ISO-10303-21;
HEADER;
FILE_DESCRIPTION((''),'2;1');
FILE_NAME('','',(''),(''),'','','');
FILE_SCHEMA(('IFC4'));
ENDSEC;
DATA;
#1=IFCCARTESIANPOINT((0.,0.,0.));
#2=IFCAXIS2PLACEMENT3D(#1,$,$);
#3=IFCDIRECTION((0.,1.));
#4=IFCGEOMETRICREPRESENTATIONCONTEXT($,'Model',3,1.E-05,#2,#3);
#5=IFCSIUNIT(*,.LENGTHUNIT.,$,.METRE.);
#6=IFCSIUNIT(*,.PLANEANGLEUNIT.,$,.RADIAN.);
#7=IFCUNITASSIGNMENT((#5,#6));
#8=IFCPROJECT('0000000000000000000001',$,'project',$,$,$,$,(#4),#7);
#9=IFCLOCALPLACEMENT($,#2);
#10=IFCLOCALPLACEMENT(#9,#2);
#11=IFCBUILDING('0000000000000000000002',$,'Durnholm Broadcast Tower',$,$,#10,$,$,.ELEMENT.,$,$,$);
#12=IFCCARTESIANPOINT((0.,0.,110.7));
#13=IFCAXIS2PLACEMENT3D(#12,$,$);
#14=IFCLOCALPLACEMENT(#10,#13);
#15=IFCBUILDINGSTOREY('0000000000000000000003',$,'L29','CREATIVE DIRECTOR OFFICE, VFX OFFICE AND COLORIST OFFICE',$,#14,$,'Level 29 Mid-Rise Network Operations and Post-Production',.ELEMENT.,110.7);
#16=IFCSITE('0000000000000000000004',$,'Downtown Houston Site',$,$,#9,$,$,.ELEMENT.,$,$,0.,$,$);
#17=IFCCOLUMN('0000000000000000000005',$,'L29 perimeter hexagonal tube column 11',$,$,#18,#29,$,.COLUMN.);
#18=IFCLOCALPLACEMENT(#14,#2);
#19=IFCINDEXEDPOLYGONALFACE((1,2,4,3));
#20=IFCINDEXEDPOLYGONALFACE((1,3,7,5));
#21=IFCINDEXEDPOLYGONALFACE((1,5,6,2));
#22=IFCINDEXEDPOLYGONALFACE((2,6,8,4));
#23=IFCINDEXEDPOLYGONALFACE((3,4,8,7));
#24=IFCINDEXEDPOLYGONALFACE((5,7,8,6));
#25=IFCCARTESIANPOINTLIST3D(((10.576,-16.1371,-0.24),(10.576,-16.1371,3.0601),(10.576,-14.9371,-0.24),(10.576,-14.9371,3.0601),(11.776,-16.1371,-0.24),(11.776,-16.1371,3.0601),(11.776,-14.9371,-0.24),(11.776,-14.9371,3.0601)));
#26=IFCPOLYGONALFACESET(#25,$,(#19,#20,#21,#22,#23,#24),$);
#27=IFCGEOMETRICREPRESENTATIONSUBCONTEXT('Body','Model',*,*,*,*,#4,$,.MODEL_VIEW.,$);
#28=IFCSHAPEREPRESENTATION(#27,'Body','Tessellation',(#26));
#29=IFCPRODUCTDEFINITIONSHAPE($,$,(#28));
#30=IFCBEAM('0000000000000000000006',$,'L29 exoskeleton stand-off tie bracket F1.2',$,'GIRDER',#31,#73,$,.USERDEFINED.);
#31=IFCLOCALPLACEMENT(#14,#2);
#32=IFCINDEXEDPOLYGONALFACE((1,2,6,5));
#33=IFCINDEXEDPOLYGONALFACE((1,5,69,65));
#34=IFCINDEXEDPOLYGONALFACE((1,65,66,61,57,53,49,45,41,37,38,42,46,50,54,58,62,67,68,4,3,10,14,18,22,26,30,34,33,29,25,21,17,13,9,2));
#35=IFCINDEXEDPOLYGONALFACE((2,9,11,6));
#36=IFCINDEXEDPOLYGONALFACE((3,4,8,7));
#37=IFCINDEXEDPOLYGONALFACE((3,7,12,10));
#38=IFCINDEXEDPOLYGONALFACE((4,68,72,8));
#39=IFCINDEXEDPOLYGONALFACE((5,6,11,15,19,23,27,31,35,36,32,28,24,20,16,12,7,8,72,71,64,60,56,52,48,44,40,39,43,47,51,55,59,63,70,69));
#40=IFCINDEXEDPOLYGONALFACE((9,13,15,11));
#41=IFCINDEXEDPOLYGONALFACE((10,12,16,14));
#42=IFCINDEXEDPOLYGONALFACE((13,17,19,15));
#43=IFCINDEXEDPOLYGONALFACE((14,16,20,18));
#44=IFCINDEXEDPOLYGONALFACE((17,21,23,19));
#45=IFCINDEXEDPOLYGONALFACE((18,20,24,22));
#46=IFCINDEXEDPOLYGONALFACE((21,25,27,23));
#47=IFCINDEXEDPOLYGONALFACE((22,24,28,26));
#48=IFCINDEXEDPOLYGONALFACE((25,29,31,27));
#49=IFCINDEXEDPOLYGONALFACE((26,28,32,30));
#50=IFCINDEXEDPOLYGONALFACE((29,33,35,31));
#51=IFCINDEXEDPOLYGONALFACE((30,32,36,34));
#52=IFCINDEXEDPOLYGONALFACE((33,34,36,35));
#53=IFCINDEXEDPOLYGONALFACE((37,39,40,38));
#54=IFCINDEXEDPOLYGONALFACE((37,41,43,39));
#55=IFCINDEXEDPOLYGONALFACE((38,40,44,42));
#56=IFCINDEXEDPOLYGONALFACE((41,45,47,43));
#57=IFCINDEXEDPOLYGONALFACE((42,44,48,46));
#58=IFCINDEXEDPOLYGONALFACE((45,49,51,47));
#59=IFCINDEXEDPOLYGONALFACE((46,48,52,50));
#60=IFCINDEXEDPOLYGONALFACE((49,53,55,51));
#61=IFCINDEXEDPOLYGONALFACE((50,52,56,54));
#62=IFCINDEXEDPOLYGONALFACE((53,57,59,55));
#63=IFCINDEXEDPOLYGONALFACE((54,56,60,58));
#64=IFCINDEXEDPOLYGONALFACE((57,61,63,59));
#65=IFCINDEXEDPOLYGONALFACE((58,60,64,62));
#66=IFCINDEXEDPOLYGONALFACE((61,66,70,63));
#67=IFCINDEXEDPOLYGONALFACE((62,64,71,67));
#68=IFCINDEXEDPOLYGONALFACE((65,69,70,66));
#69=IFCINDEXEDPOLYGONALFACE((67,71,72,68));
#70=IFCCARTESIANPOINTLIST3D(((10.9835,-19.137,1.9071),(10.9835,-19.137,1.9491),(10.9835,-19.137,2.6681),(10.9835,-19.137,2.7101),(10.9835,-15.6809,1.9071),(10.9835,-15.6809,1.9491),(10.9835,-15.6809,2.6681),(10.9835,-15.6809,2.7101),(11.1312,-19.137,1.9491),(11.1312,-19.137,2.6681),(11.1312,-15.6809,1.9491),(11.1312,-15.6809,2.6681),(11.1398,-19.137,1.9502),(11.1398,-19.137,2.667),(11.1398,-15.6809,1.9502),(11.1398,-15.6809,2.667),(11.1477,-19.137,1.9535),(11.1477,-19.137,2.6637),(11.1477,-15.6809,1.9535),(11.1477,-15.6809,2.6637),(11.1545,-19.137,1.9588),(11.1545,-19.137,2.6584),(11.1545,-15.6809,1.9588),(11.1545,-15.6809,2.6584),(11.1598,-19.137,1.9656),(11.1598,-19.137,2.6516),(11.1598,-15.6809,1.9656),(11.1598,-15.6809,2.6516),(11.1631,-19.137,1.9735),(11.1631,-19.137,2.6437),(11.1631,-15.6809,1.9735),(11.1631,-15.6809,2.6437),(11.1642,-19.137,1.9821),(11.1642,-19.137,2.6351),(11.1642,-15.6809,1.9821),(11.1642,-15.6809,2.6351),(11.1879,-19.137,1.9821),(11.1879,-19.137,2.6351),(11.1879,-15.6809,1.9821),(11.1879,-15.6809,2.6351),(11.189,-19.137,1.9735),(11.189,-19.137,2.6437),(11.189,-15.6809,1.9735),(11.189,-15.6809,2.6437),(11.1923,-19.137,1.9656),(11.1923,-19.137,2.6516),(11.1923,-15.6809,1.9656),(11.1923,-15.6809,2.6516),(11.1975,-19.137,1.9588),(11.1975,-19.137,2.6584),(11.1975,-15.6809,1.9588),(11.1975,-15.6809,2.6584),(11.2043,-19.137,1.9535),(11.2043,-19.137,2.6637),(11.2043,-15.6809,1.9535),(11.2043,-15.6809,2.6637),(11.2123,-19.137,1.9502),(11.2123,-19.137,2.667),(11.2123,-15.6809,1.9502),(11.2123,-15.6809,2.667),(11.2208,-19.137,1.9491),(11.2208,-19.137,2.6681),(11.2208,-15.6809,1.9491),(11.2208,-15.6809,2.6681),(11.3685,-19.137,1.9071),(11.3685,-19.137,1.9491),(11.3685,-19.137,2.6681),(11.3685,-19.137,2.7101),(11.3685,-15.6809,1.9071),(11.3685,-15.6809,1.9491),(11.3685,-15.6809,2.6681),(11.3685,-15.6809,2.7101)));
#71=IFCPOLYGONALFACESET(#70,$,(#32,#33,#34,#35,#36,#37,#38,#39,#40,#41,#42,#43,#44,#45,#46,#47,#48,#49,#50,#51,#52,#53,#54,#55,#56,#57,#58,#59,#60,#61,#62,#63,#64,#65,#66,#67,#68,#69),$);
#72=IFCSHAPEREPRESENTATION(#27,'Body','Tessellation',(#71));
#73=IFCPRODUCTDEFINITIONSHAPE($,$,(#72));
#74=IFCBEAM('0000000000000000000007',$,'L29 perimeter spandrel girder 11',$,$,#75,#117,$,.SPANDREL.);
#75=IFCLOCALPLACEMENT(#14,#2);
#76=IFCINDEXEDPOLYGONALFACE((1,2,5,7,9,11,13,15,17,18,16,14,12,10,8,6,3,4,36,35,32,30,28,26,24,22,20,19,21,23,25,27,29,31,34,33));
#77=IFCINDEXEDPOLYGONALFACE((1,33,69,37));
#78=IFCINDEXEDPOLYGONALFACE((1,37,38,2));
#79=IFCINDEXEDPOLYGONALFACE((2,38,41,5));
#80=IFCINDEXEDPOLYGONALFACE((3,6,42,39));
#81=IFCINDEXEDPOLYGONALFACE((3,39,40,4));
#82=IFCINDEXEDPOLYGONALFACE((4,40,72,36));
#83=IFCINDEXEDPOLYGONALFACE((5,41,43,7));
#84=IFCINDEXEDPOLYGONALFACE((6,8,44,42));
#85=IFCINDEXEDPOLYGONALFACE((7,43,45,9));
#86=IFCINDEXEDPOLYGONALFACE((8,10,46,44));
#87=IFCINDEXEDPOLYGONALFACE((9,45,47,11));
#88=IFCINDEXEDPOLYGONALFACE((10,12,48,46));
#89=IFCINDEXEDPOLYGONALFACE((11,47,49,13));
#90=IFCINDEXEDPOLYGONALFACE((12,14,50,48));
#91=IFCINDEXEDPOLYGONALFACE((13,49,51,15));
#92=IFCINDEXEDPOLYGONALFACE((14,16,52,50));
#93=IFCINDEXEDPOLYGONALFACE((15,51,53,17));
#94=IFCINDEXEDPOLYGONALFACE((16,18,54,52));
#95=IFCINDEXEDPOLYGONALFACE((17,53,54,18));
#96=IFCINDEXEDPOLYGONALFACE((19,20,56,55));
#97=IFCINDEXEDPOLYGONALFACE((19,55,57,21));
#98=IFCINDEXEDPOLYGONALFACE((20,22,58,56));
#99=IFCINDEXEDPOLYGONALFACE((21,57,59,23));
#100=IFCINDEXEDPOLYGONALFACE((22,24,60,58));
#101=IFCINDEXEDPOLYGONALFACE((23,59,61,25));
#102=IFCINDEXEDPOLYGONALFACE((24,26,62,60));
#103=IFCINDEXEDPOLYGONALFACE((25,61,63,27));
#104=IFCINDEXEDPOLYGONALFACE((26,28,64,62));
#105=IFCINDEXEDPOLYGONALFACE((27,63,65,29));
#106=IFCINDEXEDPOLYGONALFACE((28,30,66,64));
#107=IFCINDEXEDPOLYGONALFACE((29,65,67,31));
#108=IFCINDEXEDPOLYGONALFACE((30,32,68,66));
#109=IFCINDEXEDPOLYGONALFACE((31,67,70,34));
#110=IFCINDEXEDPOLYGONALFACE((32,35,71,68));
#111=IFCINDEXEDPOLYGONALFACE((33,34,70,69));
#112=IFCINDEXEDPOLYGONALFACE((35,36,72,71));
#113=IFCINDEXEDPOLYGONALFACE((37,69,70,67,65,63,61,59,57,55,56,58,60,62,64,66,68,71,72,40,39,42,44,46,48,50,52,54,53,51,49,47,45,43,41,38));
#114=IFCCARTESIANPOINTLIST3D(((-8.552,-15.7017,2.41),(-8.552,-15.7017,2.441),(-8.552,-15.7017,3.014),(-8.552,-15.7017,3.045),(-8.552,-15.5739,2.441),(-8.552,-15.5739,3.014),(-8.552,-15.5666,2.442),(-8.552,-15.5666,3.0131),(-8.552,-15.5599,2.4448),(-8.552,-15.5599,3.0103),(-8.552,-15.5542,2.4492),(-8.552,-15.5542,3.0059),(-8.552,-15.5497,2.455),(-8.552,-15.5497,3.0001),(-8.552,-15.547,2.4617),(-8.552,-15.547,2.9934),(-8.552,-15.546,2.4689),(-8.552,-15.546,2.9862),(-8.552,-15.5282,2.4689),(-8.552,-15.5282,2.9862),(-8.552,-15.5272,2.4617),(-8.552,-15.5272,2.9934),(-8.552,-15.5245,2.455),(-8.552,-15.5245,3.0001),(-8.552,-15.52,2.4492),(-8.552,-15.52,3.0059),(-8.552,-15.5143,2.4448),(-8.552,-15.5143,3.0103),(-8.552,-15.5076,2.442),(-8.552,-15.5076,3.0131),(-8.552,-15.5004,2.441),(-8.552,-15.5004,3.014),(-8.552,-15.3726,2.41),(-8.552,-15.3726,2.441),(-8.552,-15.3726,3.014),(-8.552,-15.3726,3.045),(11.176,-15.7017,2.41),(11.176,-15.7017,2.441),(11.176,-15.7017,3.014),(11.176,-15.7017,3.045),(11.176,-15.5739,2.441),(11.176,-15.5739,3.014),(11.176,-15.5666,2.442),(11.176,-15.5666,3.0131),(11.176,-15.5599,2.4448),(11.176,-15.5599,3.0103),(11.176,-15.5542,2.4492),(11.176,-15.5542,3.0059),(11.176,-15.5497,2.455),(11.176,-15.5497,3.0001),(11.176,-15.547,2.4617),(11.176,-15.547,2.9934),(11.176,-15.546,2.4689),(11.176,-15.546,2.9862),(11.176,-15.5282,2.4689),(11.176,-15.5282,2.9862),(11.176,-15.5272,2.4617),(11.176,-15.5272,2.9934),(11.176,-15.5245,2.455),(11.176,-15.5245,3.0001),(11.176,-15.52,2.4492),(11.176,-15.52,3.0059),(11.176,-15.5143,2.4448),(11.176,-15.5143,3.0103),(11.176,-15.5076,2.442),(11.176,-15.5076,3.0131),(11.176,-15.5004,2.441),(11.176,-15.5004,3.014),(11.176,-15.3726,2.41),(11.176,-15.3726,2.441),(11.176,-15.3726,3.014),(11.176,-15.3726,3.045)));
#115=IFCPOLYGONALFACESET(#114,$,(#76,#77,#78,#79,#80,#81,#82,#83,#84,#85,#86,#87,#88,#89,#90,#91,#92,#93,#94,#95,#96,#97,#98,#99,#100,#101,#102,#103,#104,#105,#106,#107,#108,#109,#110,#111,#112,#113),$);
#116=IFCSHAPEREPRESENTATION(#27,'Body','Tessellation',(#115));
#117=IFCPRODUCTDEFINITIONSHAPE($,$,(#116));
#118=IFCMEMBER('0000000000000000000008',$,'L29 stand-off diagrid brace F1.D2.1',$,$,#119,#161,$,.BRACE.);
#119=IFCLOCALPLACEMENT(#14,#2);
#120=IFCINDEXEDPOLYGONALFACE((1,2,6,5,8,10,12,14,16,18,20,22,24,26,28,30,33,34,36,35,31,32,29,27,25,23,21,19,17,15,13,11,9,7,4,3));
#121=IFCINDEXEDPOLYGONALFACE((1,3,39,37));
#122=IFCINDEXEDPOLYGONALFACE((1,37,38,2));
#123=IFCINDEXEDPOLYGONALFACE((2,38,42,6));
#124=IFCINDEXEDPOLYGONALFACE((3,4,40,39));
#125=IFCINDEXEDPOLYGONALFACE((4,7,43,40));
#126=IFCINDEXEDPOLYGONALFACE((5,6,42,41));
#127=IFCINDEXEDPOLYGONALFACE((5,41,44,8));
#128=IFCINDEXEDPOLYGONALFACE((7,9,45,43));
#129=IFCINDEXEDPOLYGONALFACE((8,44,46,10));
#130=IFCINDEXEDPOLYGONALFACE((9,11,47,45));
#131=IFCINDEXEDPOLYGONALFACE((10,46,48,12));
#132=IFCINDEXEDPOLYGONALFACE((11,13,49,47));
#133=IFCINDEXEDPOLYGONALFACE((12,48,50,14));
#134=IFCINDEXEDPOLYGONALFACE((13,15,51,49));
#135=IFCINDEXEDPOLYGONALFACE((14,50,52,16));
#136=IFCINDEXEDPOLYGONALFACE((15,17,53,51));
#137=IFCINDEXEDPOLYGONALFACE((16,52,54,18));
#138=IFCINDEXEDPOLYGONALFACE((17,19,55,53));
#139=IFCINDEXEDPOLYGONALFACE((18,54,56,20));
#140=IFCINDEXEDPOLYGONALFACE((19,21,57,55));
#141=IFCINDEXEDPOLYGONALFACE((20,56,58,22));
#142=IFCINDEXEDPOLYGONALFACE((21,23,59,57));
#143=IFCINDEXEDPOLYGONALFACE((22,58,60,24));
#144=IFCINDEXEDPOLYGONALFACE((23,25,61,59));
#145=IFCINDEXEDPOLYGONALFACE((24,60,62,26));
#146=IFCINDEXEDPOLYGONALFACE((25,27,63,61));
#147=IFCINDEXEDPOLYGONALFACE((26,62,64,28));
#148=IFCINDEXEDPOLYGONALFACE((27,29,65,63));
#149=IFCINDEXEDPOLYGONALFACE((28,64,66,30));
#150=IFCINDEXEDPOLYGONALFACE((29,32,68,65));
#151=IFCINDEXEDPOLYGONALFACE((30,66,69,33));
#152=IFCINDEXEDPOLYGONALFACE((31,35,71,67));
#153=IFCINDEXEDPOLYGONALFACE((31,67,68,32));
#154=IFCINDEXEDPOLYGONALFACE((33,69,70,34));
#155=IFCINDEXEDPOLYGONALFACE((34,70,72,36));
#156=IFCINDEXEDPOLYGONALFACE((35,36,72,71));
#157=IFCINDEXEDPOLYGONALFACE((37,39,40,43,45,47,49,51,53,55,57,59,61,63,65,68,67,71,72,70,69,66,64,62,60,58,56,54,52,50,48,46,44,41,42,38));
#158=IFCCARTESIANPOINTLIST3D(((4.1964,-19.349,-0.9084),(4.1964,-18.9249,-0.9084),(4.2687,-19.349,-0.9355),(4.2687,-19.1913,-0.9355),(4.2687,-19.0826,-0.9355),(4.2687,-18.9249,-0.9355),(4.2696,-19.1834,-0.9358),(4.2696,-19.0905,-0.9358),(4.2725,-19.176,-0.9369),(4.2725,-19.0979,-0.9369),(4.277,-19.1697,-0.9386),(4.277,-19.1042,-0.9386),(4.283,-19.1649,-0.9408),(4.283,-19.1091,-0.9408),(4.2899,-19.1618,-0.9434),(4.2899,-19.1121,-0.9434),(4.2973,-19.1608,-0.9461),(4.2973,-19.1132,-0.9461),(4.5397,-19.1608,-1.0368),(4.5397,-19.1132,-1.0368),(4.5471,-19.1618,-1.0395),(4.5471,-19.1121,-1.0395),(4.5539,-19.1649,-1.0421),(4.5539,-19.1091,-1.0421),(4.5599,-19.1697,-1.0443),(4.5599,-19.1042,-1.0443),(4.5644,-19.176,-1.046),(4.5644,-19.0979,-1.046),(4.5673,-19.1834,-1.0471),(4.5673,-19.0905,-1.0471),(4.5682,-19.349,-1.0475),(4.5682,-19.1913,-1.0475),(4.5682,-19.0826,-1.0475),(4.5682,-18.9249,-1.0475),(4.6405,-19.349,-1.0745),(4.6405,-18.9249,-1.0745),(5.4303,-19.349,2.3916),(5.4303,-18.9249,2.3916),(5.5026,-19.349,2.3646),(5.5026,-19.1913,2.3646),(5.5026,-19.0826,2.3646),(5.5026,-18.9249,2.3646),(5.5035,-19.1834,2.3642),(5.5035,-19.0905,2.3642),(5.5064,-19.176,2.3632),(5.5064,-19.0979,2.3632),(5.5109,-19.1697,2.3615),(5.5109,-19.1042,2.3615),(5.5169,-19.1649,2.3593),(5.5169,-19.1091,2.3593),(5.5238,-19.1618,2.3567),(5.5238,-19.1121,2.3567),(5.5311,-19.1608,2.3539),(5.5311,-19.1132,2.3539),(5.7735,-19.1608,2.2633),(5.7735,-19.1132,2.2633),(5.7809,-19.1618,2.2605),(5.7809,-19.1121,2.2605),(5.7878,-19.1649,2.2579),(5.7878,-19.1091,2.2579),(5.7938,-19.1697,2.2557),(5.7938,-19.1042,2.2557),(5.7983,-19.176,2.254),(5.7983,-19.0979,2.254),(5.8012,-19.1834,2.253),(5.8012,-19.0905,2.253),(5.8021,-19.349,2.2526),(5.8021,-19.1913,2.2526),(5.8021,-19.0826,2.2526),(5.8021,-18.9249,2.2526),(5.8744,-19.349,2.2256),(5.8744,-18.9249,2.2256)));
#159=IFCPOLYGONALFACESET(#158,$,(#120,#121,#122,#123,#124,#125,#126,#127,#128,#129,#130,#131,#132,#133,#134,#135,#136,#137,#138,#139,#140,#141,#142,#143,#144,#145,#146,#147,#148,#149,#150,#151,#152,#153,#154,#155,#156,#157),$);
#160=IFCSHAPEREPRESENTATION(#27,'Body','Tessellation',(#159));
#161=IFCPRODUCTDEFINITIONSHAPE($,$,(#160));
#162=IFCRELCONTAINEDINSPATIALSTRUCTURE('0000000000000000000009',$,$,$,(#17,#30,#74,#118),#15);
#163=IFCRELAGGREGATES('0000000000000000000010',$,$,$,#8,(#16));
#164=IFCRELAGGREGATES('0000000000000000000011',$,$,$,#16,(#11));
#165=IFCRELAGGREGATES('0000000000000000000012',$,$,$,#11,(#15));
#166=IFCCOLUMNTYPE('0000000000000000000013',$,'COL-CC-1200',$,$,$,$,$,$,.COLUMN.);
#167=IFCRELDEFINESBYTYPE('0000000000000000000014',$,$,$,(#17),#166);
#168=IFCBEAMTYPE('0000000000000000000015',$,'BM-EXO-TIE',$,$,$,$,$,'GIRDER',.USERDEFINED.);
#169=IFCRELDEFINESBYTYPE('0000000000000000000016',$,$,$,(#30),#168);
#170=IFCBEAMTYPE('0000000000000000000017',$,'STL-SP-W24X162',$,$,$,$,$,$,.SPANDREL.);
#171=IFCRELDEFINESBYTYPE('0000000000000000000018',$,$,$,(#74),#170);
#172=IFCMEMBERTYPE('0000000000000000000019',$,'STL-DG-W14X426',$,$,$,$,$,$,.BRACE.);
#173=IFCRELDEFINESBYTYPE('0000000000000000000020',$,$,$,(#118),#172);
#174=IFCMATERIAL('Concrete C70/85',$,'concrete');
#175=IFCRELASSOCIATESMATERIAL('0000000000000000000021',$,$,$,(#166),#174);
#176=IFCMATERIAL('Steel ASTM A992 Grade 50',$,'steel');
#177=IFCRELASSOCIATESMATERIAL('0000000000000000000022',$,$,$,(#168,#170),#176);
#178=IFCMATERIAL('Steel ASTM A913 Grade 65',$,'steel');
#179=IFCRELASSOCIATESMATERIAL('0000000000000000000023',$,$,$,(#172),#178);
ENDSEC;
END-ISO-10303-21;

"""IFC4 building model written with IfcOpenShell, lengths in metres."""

from ifc_helpers import new_model, si_unit, direction, frame, origin, origin_2d, place, context, subcontext, project, spatial, rectangle, i_section, extrude, source, transform, mapped, material, material_profile, profile_set, type_object, type_shapes, element, save


model = new_model("IFC4")

# Units and contexts
model_context = context("Model", 3, precision=1e-05, world=origin(), true_north=direction((0.0, 1.0)))
body_context = subcontext(model_context, "Body", "Model", "MODEL_VIEW")
ifc_project = project(units=[si_unit("LENGTHUNIT", "METRE"), si_unit("PLANEANGLEUNIT", "RADIAN")], contexts=[model_context])

# Site, building, storey
site_placement = place(None, origin())
site = spatial("IfcSite", under=ifc_project, at=site_placement, Name="Downtown Houston Site", CompositionType="ELEMENT", RefElevation=0.0)
building_placement = place(site_placement, origin())
building = spatial("IfcBuilding", under=site, at=building_placement, Name="Durnholm Broadcast Tower", CompositionType="ELEMENT")
storey_placement = place(building_placement, frame((0.0, 0.0, 110.7)))
storey = spatial("IfcBuildingStorey", under=building, at=storey_placement, Name="L29", Description="CREATIVE DIRECTOR OFFICE, VFX OFFICE AND COLORIST OFFICE", LongName="Level 29 Mid-Rise Network Operations and Post-Production", CompositionType="ELEMENT", Elevation=110.7)

# Column
ifc_material_1 = material(Name="Concrete C70/85", Category="concrete")
ifc_material_profile_1 = material_profile(ifc_material_1, rectangle(XDim=1.2, YDim=1.2, at=origin_2d()), Name="RC1200X1200")
ifc_profile_set_1 = profile_set([ifc_material_profile_1], Name="Concrete C70/85")
column_type = type_object("IfcColumnType", Name="COL-CC-1200", PredefinedType="COLUMN", material=ifc_profile_set_1)
shared_shape_1 = source(origin(), body_context, "Body", "SweptSolid", [
    extrude(rectangle(XDim=1.2, YDim=1.2, at=origin_2d()), origin(), (0.0, 0.0, 1.0), 3.3),
])
type_shapes(column_type, [shared_shape_1])
column_placement = place(storey_placement, frame((11.176, -15.5371, -0.24), z_axis=(0.0, 0.0, 1.0), x_axis=(1.0, 0.0, 0.0)))
element("IfcColumn", 1, at=column_placement, inside=storey, type_object=column_type, Name="L29 perimeter hexagonal tube column 11", PredefinedType="COLUMN", context=body_context, shape_type="MappedRepresentation", body=[
    mapped(shared_shape_1, transform((0.0, 0.0, 0.0), x_axis=(1.0, 0.0, 0.0), y_axis=(0.0, 1.0, 0.0), z_axis=(0.0, 0.0, 1.0), scale=1.0)),
])

# Beams
ifc_material_2 = material(Name="Steel ASTM A992 Grade 50", Category="steel")
ifc_material_profile_2 = material_profile(ifc_material_2, i_section(OverallWidth=0.385, OverallDepth=0.803, WebThickness=0.0237, FlangeThickness=0.042, FilletRadius=0.033, at=origin_2d()), Name="W30X261")
ifc_profile_set_2 = profile_set([ifc_material_profile_2], Name="Steel ASTM A992 Grade 50")
beam_type_1 = type_object("IfcBeamType", Name="BM-EXO-TIE", ElementType="GIRDER", PredefinedType="USERDEFINED", material=ifc_profile_set_2)
shared_shape_2 = source(origin(), body_context, "Body", "SweptSolid", [
    extrude(i_section(OverallWidth=0.385, OverallDepth=0.803, WebThickness=0.0237, FlangeThickness=0.042, FilletRadius=0.033, at=origin_2d()), origin(), (0.0, 0.0, 1.0), 3.4561),
])
type_shapes(beam_type_1, [shared_shape_2])
beam_1_placement = place(storey_placement, frame((11.176, -15.6809, 2.3086), z_axis=(0.0, -1.0, 0.0), x_axis=(1.0, 0.0, 0.0)))
element("IfcBeam", 2, at=beam_1_placement, inside=storey, type_object=beam_type_1, Name="L29 exoskeleton stand-off tie bracket F1.2", ObjectType="GIRDER", PredefinedType="USERDEFINED", context=body_context, shape_type="MappedRepresentation", body=[
    mapped(shared_shape_2, transform((0.0, 0.0, 0.0), x_axis=(1.0, 0.0, 0.0), y_axis=(0.0, 1.0, 0.0), z_axis=(0.0, 0.0, 1.0), scale=1.0)),
])
ifc_material_profile_3 = material_profile(ifc_material_2, i_section(OverallWidth=0.3291, OverallDepth=0.635, WebThickness=0.0178, FlangeThickness=0.031, FilletRadius=0.0278, at=origin_2d()), Name="W24X162")
ifc_profile_set_3 = profile_set([ifc_material_profile_3], Name="Steel ASTM A992 Grade 50")
beam_type_2 = type_object("IfcBeamType", Name="STL-SP-W24X162", PredefinedType="SPANDREL", material=ifc_profile_set_3)
shared_shape_3 = source(origin(), body_context, "Body", "SweptSolid", [
    extrude(i_section(OverallWidth=0.3291, OverallDepth=0.635, WebThickness=0.0178, FlangeThickness=0.031, FilletRadius=0.0278, at=origin_2d()), origin(), (0.0, 0.0, 1.0), 19.728),
])
type_shapes(beam_type_2, [shared_shape_3])
beam_2_placement = place(storey_placement, frame((11.176, -15.5371, 2.7275), z_axis=(-1.0, 0.0, 0.0), x_axis=(0.0, -1.0, 0.0)))
element("IfcBeam", 3, at=beam_2_placement, inside=storey, type_object=beam_type_2, Name="L29 perimeter spandrel girder 11", PredefinedType="SPANDREL", context=body_context, shape_type="MappedRepresentation", body=[
    mapped(shared_shape_3, transform((0.0, 0.0, 0.0), x_axis=(1.0, 0.0, 0.0), y_axis=(0.0, 1.0, 0.0), z_axis=(0.0, 0.0, 1.0), scale=1.0)),
])

# Member
ifc_material_3 = material(Name="Steel ASTM A913 Grade 65", Category="steel")
ifc_material_profile_4 = material_profile(ifc_material_3, i_section(OverallWidth=0.4241, OverallDepth=0.4741, WebThickness=0.0476, FlangeThickness=0.0771, FilletRadius=0.0305, at=origin_2d()), Name="W14X426")
ifc_profile_set_4 = profile_set([ifc_material_profile_4], Name="Steel ASTM A913 Grade 65")
member_type_1 = type_object("IfcMemberType", Name="STL-DG-W14X426", PredefinedType="BRACE", material=ifc_profile_set_4)
shared_shape_4 = source(origin(), body_context, "Body", "SweptSolid", [
    extrude(i_section(OverallWidth=0.4241, OverallDepth=0.4741, WebThickness=0.0476, FlangeThickness=0.0771, FilletRadius=0.0305, at=origin_2d()), origin(), (0.0, 0.0, 1.0), 3.5232),
])
type_shapes(member_type_1, [shared_shape_4])
for number, where, z_axis, x_axis, name in (
    (4, (4.4185, -19.137, -0.9915), (0.35022, 0.0, 0.936668), (0.0, 1.0, 0.0), "L29 stand-off diagrid brace F1.D2.1"),
):
    element("IfcMember", number, at=place(storey_placement, frame(where, z_axis=z_axis, x_axis=x_axis)), inside=storey, type_object=member_type_1, Name=name, PredefinedType="BRACE", context=body_context, shape_type="MappedRepresentation", body=[
        mapped(shared_shape_4, transform((0.0, 0.0, 0.0), x_axis=(1.0, 0.0, 0.0), y_axis=(0.0, 1.0, 0.0), z_axis=(0.0, 0.0, 1.0), scale=1.0)),
    ])

save(model, "model.ifc")
